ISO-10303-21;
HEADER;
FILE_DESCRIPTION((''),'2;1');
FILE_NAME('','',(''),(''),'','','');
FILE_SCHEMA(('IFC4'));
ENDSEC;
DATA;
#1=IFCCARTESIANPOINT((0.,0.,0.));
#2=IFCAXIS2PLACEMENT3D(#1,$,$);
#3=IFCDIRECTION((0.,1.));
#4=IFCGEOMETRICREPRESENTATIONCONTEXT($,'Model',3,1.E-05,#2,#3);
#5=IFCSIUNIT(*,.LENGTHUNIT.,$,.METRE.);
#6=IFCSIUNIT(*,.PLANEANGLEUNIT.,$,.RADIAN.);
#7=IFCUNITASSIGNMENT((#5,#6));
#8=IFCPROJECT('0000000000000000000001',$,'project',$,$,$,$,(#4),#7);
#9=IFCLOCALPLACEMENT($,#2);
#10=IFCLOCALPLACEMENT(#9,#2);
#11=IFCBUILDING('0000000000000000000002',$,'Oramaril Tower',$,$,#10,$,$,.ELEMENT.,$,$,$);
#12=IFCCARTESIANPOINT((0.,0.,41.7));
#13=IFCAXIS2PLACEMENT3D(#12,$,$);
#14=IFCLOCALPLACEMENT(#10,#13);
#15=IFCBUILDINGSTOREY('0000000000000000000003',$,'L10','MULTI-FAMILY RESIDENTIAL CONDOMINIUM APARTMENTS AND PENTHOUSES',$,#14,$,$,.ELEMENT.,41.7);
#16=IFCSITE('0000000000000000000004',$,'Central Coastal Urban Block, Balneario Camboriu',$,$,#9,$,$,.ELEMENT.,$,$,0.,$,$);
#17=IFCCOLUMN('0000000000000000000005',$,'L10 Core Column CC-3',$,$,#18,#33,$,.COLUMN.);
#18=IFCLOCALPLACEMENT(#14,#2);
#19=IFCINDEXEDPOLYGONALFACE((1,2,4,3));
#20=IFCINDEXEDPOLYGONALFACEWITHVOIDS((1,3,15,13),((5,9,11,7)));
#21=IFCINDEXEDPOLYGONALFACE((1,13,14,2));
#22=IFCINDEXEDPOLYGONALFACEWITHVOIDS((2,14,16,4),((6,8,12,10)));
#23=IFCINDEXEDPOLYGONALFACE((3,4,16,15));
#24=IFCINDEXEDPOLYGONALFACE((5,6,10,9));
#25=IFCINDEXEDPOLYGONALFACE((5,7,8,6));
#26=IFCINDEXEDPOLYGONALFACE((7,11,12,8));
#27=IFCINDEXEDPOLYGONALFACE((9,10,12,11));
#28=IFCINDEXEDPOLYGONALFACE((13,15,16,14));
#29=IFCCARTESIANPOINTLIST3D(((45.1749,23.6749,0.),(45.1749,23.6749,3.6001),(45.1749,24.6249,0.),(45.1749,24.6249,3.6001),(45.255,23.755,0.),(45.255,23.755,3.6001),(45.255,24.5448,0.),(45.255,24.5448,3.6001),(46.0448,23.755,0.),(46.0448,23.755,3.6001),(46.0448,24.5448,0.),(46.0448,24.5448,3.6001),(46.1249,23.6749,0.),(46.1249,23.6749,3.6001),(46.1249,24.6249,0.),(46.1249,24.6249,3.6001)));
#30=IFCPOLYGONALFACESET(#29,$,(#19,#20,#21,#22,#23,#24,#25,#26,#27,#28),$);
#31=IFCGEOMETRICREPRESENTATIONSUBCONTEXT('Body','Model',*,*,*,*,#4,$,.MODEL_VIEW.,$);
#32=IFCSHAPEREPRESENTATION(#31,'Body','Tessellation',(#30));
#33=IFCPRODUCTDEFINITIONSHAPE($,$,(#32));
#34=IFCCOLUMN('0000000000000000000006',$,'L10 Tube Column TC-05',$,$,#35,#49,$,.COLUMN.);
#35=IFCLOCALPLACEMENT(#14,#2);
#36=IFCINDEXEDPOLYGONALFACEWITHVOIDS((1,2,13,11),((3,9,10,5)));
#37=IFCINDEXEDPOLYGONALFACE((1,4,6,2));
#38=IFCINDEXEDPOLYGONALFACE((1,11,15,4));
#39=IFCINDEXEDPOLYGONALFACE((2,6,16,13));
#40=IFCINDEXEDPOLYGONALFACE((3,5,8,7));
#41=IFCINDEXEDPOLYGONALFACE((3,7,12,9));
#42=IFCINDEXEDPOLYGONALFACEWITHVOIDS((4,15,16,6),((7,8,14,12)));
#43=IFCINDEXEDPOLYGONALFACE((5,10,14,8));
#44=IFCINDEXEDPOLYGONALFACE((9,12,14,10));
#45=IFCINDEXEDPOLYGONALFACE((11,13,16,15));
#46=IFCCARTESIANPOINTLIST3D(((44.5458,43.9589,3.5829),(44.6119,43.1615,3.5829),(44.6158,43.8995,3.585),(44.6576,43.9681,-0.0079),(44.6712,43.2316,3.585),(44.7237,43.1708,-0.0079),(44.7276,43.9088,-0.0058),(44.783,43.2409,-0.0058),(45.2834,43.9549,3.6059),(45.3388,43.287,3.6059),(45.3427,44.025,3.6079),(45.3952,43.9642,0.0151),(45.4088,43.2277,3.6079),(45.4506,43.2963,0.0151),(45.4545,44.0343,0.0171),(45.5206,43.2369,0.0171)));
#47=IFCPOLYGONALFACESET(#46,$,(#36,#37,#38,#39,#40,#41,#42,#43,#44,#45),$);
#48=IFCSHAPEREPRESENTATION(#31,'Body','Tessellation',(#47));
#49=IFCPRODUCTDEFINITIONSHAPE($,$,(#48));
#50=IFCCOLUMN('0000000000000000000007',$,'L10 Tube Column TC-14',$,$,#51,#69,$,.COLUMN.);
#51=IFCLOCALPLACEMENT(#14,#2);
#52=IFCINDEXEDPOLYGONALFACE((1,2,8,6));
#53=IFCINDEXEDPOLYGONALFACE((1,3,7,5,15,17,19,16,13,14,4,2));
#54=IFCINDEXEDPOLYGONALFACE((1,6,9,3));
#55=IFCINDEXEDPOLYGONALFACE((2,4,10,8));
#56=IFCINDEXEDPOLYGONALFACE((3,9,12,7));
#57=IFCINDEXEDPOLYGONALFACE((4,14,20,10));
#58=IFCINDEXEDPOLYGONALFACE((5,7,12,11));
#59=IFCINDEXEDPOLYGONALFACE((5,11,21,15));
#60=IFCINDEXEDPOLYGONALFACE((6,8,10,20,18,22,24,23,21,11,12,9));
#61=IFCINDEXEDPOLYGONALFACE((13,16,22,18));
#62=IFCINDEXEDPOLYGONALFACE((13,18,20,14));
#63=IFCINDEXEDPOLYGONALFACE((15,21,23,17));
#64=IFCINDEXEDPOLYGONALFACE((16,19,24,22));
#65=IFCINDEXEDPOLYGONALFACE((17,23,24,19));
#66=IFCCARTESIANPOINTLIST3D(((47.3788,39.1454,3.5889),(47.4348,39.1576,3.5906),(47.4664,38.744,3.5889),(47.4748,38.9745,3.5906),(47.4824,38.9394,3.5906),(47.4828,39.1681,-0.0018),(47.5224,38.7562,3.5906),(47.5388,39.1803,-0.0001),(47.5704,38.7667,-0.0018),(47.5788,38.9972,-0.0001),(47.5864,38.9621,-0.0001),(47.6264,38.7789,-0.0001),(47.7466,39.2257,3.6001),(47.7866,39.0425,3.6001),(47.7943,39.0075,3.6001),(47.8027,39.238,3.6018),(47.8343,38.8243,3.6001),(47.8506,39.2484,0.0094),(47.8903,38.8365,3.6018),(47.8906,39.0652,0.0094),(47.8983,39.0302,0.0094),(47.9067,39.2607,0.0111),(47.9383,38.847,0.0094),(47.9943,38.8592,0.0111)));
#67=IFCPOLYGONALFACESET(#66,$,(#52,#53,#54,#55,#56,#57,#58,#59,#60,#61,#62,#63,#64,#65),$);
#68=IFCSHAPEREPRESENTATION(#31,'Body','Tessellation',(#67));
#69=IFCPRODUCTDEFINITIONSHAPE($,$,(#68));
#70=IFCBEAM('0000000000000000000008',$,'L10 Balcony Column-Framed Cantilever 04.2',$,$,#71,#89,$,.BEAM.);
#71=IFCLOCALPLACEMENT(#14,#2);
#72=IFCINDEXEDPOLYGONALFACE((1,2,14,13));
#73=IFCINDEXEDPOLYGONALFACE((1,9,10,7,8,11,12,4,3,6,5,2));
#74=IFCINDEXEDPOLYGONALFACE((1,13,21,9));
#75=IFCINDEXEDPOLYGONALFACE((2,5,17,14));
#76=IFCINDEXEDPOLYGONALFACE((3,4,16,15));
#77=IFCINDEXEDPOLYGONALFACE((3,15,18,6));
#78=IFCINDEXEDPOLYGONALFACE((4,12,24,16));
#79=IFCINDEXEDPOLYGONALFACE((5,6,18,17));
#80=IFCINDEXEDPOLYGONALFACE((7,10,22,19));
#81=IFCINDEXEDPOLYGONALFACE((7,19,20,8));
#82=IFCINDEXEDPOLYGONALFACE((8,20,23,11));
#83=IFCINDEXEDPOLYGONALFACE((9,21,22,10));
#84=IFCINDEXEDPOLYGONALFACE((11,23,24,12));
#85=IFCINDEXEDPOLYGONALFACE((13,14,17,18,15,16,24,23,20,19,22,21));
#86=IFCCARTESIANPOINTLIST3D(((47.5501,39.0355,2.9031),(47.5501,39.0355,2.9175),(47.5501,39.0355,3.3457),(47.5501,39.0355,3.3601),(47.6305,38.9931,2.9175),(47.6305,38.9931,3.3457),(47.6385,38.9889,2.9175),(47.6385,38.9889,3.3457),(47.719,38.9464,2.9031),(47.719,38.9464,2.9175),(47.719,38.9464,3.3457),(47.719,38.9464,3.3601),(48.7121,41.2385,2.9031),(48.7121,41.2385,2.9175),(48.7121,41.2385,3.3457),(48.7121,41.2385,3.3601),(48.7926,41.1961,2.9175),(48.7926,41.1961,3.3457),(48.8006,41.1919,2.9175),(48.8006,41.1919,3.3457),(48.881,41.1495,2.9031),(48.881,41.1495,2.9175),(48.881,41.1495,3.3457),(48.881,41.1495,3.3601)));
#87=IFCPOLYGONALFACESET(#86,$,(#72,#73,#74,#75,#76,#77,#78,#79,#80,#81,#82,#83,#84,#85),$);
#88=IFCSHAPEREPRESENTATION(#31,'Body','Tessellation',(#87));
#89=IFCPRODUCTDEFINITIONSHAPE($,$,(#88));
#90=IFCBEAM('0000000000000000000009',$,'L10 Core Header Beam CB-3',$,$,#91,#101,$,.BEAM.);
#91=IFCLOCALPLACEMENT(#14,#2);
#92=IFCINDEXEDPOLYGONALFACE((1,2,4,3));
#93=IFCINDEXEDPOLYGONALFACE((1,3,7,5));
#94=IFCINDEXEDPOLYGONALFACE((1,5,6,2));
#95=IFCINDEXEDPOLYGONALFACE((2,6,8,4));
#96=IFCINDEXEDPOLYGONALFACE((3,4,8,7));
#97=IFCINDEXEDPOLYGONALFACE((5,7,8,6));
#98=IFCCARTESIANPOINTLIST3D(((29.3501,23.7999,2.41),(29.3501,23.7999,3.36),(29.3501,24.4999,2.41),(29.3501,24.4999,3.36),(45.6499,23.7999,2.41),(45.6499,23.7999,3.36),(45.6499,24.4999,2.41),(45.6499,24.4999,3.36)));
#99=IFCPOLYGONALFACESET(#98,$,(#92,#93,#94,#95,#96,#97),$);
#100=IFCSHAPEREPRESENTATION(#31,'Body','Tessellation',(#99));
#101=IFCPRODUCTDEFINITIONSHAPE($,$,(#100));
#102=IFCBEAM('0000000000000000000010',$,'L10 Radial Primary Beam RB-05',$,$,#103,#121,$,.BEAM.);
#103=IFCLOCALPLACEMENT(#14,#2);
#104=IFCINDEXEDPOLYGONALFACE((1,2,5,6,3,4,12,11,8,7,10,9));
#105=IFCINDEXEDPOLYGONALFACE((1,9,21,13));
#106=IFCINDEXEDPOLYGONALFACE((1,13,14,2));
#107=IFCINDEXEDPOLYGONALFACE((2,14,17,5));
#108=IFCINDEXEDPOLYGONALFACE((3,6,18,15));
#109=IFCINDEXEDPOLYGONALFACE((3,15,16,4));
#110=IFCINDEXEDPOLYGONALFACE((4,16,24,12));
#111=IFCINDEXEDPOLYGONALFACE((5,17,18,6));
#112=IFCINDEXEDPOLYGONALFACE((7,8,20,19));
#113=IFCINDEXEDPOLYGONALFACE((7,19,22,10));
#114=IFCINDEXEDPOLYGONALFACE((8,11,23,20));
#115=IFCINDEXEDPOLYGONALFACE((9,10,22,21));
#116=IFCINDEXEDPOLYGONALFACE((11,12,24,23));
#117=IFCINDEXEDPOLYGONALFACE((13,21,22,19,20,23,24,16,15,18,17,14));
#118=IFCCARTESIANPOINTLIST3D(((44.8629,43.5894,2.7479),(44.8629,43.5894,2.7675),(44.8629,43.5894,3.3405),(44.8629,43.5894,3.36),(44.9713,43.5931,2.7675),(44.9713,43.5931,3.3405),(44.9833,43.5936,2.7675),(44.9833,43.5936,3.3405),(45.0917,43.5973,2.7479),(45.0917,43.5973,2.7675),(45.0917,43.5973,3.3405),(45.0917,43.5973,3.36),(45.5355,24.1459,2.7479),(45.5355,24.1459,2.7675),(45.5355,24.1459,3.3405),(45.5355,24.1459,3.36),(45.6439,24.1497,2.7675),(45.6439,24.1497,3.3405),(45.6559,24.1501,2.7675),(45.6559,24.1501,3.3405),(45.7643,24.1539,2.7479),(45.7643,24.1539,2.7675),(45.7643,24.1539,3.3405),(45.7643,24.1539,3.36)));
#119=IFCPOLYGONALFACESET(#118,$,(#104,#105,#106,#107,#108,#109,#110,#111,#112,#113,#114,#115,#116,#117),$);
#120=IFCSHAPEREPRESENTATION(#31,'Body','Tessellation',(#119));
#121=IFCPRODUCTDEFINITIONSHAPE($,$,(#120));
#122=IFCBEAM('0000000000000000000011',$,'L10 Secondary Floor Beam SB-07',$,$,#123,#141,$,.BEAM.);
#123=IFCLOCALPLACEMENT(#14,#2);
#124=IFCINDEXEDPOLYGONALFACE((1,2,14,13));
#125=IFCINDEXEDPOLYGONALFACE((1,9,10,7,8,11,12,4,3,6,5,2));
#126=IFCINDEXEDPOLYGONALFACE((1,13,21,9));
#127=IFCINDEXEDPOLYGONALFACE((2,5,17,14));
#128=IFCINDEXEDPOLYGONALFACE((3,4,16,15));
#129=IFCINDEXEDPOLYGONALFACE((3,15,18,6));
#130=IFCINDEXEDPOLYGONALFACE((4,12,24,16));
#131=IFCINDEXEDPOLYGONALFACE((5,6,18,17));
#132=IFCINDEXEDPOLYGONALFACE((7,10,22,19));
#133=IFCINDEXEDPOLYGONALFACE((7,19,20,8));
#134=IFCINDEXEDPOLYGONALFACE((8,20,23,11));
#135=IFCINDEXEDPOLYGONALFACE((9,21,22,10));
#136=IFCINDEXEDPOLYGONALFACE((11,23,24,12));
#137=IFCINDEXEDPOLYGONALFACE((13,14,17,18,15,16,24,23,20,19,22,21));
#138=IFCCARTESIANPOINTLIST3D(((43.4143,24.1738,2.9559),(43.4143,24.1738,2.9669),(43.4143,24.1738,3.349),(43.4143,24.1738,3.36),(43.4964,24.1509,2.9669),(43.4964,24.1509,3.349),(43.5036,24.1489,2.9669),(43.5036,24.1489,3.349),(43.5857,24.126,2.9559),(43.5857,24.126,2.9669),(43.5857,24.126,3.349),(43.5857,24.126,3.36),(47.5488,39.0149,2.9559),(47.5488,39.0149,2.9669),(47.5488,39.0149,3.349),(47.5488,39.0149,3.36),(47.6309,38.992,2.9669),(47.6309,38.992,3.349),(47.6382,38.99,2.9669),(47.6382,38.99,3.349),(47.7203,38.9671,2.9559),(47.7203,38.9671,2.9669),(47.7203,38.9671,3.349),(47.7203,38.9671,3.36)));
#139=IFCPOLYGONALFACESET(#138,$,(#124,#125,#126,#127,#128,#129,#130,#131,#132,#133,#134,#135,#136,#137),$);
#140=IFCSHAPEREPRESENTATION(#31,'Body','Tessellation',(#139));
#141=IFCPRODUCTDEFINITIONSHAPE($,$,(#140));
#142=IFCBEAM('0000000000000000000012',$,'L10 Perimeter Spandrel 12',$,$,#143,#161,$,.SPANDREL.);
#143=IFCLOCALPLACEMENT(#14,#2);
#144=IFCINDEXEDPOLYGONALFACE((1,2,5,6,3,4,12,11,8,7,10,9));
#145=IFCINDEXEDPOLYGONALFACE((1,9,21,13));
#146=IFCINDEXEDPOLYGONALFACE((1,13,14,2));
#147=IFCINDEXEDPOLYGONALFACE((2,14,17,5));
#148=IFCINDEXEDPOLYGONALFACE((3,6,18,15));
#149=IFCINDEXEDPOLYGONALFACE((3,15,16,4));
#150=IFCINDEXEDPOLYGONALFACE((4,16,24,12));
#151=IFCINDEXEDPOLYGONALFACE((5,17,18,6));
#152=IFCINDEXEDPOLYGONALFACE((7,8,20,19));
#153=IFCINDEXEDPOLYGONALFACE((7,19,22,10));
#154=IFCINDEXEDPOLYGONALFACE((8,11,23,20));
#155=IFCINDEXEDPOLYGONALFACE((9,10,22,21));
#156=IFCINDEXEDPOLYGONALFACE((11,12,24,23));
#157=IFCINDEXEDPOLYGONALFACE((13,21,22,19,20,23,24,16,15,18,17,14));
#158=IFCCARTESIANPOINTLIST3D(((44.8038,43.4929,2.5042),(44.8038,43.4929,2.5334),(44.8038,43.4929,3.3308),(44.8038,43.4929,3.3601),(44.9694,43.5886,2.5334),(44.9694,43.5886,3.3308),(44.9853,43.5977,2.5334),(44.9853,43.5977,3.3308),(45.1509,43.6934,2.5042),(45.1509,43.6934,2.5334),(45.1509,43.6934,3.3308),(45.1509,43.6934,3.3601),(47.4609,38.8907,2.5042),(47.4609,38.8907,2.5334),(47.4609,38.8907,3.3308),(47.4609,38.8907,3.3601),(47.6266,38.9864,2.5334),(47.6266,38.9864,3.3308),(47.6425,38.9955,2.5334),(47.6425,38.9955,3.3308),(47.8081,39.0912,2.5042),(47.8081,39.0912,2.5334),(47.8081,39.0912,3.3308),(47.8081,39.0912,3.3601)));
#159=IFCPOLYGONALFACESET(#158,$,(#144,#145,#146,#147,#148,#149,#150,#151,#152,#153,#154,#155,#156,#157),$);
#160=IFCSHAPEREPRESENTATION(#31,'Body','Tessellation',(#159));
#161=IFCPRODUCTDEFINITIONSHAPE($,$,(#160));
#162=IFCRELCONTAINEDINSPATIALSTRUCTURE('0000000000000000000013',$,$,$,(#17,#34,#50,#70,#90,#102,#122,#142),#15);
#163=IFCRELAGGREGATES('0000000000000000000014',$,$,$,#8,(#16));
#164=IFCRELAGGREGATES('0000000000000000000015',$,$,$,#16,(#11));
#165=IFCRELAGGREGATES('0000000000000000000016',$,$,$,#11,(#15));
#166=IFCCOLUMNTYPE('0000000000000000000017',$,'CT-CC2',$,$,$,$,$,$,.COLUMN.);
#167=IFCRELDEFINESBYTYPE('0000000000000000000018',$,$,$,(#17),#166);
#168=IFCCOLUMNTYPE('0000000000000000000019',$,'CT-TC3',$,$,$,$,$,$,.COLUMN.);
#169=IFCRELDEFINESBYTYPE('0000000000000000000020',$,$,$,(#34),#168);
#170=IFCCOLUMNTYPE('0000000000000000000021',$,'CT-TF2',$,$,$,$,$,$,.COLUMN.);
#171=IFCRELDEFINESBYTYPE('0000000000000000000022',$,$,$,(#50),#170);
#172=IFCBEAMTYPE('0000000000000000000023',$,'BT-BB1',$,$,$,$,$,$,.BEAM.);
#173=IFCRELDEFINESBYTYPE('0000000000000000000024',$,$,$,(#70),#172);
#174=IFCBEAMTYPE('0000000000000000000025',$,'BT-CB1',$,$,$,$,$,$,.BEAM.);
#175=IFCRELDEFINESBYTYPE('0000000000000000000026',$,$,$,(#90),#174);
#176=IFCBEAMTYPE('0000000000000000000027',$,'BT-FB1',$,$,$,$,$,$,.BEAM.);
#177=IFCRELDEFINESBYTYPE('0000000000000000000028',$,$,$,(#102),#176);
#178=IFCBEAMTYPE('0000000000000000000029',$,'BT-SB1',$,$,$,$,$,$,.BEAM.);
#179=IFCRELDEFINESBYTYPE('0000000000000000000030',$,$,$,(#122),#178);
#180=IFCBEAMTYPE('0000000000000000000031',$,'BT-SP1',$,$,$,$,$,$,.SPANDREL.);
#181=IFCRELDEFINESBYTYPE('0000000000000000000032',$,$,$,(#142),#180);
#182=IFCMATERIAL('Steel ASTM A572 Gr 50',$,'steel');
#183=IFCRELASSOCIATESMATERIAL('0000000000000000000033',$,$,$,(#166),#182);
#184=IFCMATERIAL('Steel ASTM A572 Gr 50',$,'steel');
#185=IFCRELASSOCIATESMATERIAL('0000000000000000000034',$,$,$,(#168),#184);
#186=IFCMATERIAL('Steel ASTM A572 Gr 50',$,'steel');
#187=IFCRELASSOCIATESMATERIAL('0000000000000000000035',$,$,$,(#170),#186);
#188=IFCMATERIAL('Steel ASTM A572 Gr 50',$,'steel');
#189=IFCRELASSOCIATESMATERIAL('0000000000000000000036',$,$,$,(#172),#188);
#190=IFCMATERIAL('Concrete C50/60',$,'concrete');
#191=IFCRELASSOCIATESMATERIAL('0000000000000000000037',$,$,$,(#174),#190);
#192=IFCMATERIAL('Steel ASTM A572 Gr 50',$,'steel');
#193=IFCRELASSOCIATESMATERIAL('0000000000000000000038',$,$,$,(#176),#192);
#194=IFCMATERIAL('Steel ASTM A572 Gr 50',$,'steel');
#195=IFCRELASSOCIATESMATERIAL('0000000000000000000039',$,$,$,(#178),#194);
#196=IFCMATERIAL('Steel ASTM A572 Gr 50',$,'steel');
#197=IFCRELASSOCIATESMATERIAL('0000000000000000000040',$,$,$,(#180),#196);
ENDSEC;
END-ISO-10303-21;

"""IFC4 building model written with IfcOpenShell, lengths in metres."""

from ifc_helpers import new_model, si_unit, direction, frame, origin, origin_2d, place, context, subcontext, project, spatial, rectangle, hollow_rectangle, i_section, extrude, material, material_profile, profile_set, type_object, element, save


model = new_model("IFC4")

# Units and contexts
model_context = context("Model", 3, precision=1e-05, world=origin(), true_north=direction((0.0, 1.0)))
body_context = subcontext(model_context, "Body", "Model", "MODEL_VIEW")
ifc_project = project(units=[si_unit("LENGTHUNIT", "METRE"), si_unit("PLANEANGLEUNIT", "RADIAN")], contexts=[model_context])

# Site, building, storey
site_placement = place(None, origin())
site = spatial("IfcSite", under=ifc_project, at=site_placement, Name="Central Coastal Urban Block, Balneario Camboriu", CompositionType="ELEMENT", RefElevation=0.0)
building_placement = place(site_placement, origin())
building = spatial("IfcBuilding", under=site, at=building_placement, Name="Oramaril Tower", CompositionType="ELEMENT")
storey_placement = place(building_placement, frame((0.0, 0.0, 41.7)))
storey = spatial("IfcBuildingStorey", under=building, at=storey_placement, Name="L10", Description="MULTI-FAMILY RESIDENTIAL CONDOMINIUM APARTMENTS AND PENTHOUSES", CompositionType="ELEMENT", Elevation=41.7)

# Columns
ifc_material_1 = material(Name="Steel ASTM A572 Gr 50", Category="steel")
ifc_material_profile_1 = material_profile(ifc_material_1, hollow_rectangle(XDim=0.95, YDim=0.95, WallThickness=0.0801, at=origin_2d()), Name="BOX950X950X80")
ifc_profile_set_1 = profile_set([ifc_material_profile_1], Name="Steel ASTM A572 Gr 50")
column_type_1 = type_object("IfcColumnType", Name="CT-CC2", PredefinedType="COLUMN", material=ifc_profile_set_1)
column_1_placement = place(storey_placement, frame((45.6499, 24.1499, 0.0), z_axis=(0.0, 0.0, 1.0), x_axis=(1.0, 0.0, 0.0)))
element("IfcColumn", 1, at=column_1_placement, inside=storey, type_object=column_type_1, Name="L10 Core Column CC-3", PredefinedType="COLUMN", context=body_context, shape_type="SweptSolid", body=[
    extrude(hollow_rectangle(XDim=0.95, YDim=0.95, WallThickness=0.0801, at=origin_2d()), origin(), (0.0, 0.0, 1.0), 3.6001),
])
ifc_material_2 = material(Name="Steel ASTM A572 Gr 50", Category="steel")
ifc_material_profile_2 = material_profile(ifc_material_2, hollow_rectangle(XDim=0.8, YDim=0.8, WallThickness=0.0649, at=origin_2d()), Name="BOX800X800X65")
ifc_profile_set_2 = profile_set([ifc_material_profile_2], Name="Steel ASTM A572 Gr 50")
column_type_2 = type_object("IfcColumnType", Name="CT-TC3", PredefinedType="COLUMN", material=ifc_profile_set_2)
column_2_placement = place(storey_placement, frame((45.0891, 43.6025, 0.0046), z_axis=(-0.031124, -0.002582, 0.999512), x_axis=(0.082685, -0.996576, 0.0)))
element("IfcColumn", 2, at=column_2_placement, inside=storey, type_object=column_type_2, Name="L10 Tube Column TC-05", PredefinedType="COLUMN", context=body_context, shape_type="SweptSolid", body=[
    extrude(hollow_rectangle(XDim=0.8, YDim=0.8, WallThickness=0.0649, at=origin_2d()), origin(), (0.0, 0.0, 1.0), 3.5925),
])
ifc_material_3 = material(Name="Steel ASTM A572 Gr 50", Category="steel")
ifc_material_profile_3 = material_profile(ifc_material_3, i_section(OverallWidth=0.4109, OverallDepth=0.4341, WebThickness=0.0359, FlangeThickness=0.0574, at=origin_2d()), Name="W14X311")
ifc_profile_set_3 = profile_set([ifc_material_profile_3], Name="Steel ASTM A572 Gr 50")
column_type_3 = type_object("IfcColumnType", Name="CT-TF2", PredefinedType="COLUMN", material=ifc_profile_set_3)
column_3_placement = place(storey_placement, frame((47.7385, 39.0137, 0.0046), z_axis=(-0.028951, -0.00632, 0.999561), x_axis=(0.213286, -0.97699, 0.0)))
element("IfcColumn", 3, at=column_3_placement, inside=storey, type_object=column_type_3, Name="L10 Tube Column TC-14", PredefinedType="COLUMN", context=body_context, shape_type="SweptSolid", body=[
    extrude(i_section(OverallWidth=0.4109, OverallDepth=0.4341, WebThickness=0.0359, FlangeThickness=0.0574, at=origin_2d()), origin(), (0.0, 0.0, 1.0), 3.5923),
])

# Beams
ifc_material_4 = material(Name="Steel ASTM A572 Gr 50", Category="steel")
ifc_material_profile_4 = material_profile(ifc_material_4, i_section(OverallWidth=0.1909, OverallDepth=0.457, WebThickness=0.009, FlangeThickness=0.0144, at=origin_2d()), Name="W18X50")
ifc_profile_set_4 = profile_set([ifc_material_profile_4], Name="Steel ASTM A572 Gr 50")
beam_type_1 = type_object("IfcBeamType", Name="BT-BB1", PredefinedType="BEAM", material=ifc_profile_set_4)
beam_1_placement = place(storey_placement, frame((47.6345, 38.991, 3.1316), z_axis=(0.466554, 0.884493, 0.0), x_axis=(-0.884493, 0.466554, 0.0)))
element("IfcBeam", 4, at=beam_1_placement, inside=storey, type_object=beam_type_1, Name="L10 Balcony Column-Framed Cantilever 04.2", PredefinedType="BEAM", context=body_context, shape_type="SweptSolid", body=[
    extrude(i_section(OverallWidth=0.1909, OverallDepth=0.457, WebThickness=0.009, FlangeThickness=0.0144, at=origin_2d()), origin(), (0.0, 0.0, 1.0), 2.4907),
])
ifc_material_5 = material(Name="Concrete C50/60", Category="concrete")
ifc_material_profile_5 = material_profile(ifc_material_5, rectangle(XDim=0.7, YDim=0.95, at=origin_2d()), Name="CB700X950")
ifc_profile_set_5 = profile_set([ifc_material_profile_5], Name="Concrete C50/60")
beam_type_2 = type_object("IfcBeamType", Name="BT-CB1", PredefinedType="BEAM", material=ifc_profile_set_5)
beam_2_placement = place(storey_placement, frame((45.6499, 24.1499, 2.885), z_axis=(-1.0, 0.0, 0.0), x_axis=(0.0, -1.0, 0.0)))
element("IfcBeam", 5, at=beam_2_placement, inside=storey, type_object=beam_type_2, Name="L10 Core Header Beam CB-3", PredefinedType="BEAM", context=body_context, shape_type="SweptSolid", body=[
    extrude(rectangle(XDim=0.7, YDim=0.95, at=origin_2d()), origin(), (0.0, 0.0, 1.0), 16.2998),
])
ifc_material_6 = material(Name="Steel ASTM A572 Gr 50", Category="steel")
ifc_material_profile_6 = material_profile(ifc_material_6, i_section(OverallWidth=0.229, OverallDepth=0.6121, WebThickness=0.012, FlangeThickness=0.0195, at=origin_2d()), Name="W24X84")
ifc_profile_set_6 = profile_set([ifc_material_profile_6], Name="Steel ASTM A572 Gr 50")
beam_type_3 = type_object("IfcBeamType", Name="BT-FB1", PredefinedType="BEAM", material=ifc_profile_set_6)
beam_3_placement = place(storey_placement, frame((45.6499, 24.1499, 3.054), z_axis=(-0.034572, 0.999402, 0.0), x_axis=(-0.999402, -0.034572, 0.0)))
element("IfcBeam", 6, at=beam_3_placement, inside=storey, type_object=beam_type_3, Name="L10 Radial Primary Beam RB-05", PredefinedType="BEAM", context=body_context, shape_type="SweptSolid", body=[
    extrude(i_section(OverallWidth=0.229, OverallDepth=0.6121, WebThickness=0.012, FlangeThickness=0.0195, at=origin_2d()), origin(), (0.0, 0.0, 1.0), 19.4551),
])
ifc_material_7 = material(Name="Steel ASTM A572 Gr 50", Category="steel")
ifc_material_profile_7 = material_profile(ifc_material_7, i_section(OverallWidth=0.178, OverallDepth=0.4041, WebThickness=0.0076, FlangeThickness=0.011, at=origin_2d()), Name="W16X36")
ifc_profile_set_7 = profile_set([ifc_material_profile_7], Name="Steel ASTM A572 Gr 50")
beam_type_4 = type_object("IfcBeamType", Name="BT-SB1", PredefinedType="BEAM", material=ifc_profile_set_7)
beam_4_placement = place(storey_placement, frame((43.5, 24.1499, 3.158), z_axis=(0.268367, 0.963317, 0.0), x_axis=(-0.963317, 0.268367, 0.0)))
element("IfcBeam", 7, at=beam_4_placement, inside=storey, type_object=beam_type_4, Name="L10 Secondary Floor Beam SB-07", PredefinedType="BEAM", context=body_context, shape_type="SweptSolid", body=[
    extrude(i_section(OverallWidth=0.178, OverallDepth=0.4041, WebThickness=0.0076, FlangeThickness=0.011, at=origin_2d()), origin(), (0.0, 0.0, 1.0), 15.4062),
])
ifc_material_8 = material(Name="Steel ASTM A572 Gr 50", Category="steel")
ifc_material_profile_8 = material_profile(ifc_material_8, i_section(OverallWidth=0.4009, OverallDepth=0.856, WebThickness=0.0183, FlangeThickness=0.0293, at=origin_2d()), Name="W33X201")
ifc_profile_set_8 = profile_set([ifc_material_profile_8], Name="Steel ASTM A572 Gr 50")
beam_type_5 = type_object("IfcBeamType", Name="BT-SP1", PredefinedType="SPANDREL", material=ifc_profile_set_8)
beam_5_placement = place(storey_placement, frame((47.6345, 38.991, 2.9321), z_axis=(-0.500013, 0.866018, 0.0), x_axis=(-0.866018, -0.500013, 0.0)))
element("IfcBeam", 8, at=beam_5_placement, inside=storey, type_object=beam_type_5, Name="L10 Perimeter Spandrel 12", PredefinedType="SPANDREL", context=body_context, shape_type="SweptSolid", body=[
    extrude(i_section(OverallWidth=0.4009, OverallDepth=0.856, WebThickness=0.0183, FlangeThickness=0.0293, at=origin_2d()), origin(), (0.0, 0.0, 1.0), 5.3142),
])

save(model, "model.ifc")
